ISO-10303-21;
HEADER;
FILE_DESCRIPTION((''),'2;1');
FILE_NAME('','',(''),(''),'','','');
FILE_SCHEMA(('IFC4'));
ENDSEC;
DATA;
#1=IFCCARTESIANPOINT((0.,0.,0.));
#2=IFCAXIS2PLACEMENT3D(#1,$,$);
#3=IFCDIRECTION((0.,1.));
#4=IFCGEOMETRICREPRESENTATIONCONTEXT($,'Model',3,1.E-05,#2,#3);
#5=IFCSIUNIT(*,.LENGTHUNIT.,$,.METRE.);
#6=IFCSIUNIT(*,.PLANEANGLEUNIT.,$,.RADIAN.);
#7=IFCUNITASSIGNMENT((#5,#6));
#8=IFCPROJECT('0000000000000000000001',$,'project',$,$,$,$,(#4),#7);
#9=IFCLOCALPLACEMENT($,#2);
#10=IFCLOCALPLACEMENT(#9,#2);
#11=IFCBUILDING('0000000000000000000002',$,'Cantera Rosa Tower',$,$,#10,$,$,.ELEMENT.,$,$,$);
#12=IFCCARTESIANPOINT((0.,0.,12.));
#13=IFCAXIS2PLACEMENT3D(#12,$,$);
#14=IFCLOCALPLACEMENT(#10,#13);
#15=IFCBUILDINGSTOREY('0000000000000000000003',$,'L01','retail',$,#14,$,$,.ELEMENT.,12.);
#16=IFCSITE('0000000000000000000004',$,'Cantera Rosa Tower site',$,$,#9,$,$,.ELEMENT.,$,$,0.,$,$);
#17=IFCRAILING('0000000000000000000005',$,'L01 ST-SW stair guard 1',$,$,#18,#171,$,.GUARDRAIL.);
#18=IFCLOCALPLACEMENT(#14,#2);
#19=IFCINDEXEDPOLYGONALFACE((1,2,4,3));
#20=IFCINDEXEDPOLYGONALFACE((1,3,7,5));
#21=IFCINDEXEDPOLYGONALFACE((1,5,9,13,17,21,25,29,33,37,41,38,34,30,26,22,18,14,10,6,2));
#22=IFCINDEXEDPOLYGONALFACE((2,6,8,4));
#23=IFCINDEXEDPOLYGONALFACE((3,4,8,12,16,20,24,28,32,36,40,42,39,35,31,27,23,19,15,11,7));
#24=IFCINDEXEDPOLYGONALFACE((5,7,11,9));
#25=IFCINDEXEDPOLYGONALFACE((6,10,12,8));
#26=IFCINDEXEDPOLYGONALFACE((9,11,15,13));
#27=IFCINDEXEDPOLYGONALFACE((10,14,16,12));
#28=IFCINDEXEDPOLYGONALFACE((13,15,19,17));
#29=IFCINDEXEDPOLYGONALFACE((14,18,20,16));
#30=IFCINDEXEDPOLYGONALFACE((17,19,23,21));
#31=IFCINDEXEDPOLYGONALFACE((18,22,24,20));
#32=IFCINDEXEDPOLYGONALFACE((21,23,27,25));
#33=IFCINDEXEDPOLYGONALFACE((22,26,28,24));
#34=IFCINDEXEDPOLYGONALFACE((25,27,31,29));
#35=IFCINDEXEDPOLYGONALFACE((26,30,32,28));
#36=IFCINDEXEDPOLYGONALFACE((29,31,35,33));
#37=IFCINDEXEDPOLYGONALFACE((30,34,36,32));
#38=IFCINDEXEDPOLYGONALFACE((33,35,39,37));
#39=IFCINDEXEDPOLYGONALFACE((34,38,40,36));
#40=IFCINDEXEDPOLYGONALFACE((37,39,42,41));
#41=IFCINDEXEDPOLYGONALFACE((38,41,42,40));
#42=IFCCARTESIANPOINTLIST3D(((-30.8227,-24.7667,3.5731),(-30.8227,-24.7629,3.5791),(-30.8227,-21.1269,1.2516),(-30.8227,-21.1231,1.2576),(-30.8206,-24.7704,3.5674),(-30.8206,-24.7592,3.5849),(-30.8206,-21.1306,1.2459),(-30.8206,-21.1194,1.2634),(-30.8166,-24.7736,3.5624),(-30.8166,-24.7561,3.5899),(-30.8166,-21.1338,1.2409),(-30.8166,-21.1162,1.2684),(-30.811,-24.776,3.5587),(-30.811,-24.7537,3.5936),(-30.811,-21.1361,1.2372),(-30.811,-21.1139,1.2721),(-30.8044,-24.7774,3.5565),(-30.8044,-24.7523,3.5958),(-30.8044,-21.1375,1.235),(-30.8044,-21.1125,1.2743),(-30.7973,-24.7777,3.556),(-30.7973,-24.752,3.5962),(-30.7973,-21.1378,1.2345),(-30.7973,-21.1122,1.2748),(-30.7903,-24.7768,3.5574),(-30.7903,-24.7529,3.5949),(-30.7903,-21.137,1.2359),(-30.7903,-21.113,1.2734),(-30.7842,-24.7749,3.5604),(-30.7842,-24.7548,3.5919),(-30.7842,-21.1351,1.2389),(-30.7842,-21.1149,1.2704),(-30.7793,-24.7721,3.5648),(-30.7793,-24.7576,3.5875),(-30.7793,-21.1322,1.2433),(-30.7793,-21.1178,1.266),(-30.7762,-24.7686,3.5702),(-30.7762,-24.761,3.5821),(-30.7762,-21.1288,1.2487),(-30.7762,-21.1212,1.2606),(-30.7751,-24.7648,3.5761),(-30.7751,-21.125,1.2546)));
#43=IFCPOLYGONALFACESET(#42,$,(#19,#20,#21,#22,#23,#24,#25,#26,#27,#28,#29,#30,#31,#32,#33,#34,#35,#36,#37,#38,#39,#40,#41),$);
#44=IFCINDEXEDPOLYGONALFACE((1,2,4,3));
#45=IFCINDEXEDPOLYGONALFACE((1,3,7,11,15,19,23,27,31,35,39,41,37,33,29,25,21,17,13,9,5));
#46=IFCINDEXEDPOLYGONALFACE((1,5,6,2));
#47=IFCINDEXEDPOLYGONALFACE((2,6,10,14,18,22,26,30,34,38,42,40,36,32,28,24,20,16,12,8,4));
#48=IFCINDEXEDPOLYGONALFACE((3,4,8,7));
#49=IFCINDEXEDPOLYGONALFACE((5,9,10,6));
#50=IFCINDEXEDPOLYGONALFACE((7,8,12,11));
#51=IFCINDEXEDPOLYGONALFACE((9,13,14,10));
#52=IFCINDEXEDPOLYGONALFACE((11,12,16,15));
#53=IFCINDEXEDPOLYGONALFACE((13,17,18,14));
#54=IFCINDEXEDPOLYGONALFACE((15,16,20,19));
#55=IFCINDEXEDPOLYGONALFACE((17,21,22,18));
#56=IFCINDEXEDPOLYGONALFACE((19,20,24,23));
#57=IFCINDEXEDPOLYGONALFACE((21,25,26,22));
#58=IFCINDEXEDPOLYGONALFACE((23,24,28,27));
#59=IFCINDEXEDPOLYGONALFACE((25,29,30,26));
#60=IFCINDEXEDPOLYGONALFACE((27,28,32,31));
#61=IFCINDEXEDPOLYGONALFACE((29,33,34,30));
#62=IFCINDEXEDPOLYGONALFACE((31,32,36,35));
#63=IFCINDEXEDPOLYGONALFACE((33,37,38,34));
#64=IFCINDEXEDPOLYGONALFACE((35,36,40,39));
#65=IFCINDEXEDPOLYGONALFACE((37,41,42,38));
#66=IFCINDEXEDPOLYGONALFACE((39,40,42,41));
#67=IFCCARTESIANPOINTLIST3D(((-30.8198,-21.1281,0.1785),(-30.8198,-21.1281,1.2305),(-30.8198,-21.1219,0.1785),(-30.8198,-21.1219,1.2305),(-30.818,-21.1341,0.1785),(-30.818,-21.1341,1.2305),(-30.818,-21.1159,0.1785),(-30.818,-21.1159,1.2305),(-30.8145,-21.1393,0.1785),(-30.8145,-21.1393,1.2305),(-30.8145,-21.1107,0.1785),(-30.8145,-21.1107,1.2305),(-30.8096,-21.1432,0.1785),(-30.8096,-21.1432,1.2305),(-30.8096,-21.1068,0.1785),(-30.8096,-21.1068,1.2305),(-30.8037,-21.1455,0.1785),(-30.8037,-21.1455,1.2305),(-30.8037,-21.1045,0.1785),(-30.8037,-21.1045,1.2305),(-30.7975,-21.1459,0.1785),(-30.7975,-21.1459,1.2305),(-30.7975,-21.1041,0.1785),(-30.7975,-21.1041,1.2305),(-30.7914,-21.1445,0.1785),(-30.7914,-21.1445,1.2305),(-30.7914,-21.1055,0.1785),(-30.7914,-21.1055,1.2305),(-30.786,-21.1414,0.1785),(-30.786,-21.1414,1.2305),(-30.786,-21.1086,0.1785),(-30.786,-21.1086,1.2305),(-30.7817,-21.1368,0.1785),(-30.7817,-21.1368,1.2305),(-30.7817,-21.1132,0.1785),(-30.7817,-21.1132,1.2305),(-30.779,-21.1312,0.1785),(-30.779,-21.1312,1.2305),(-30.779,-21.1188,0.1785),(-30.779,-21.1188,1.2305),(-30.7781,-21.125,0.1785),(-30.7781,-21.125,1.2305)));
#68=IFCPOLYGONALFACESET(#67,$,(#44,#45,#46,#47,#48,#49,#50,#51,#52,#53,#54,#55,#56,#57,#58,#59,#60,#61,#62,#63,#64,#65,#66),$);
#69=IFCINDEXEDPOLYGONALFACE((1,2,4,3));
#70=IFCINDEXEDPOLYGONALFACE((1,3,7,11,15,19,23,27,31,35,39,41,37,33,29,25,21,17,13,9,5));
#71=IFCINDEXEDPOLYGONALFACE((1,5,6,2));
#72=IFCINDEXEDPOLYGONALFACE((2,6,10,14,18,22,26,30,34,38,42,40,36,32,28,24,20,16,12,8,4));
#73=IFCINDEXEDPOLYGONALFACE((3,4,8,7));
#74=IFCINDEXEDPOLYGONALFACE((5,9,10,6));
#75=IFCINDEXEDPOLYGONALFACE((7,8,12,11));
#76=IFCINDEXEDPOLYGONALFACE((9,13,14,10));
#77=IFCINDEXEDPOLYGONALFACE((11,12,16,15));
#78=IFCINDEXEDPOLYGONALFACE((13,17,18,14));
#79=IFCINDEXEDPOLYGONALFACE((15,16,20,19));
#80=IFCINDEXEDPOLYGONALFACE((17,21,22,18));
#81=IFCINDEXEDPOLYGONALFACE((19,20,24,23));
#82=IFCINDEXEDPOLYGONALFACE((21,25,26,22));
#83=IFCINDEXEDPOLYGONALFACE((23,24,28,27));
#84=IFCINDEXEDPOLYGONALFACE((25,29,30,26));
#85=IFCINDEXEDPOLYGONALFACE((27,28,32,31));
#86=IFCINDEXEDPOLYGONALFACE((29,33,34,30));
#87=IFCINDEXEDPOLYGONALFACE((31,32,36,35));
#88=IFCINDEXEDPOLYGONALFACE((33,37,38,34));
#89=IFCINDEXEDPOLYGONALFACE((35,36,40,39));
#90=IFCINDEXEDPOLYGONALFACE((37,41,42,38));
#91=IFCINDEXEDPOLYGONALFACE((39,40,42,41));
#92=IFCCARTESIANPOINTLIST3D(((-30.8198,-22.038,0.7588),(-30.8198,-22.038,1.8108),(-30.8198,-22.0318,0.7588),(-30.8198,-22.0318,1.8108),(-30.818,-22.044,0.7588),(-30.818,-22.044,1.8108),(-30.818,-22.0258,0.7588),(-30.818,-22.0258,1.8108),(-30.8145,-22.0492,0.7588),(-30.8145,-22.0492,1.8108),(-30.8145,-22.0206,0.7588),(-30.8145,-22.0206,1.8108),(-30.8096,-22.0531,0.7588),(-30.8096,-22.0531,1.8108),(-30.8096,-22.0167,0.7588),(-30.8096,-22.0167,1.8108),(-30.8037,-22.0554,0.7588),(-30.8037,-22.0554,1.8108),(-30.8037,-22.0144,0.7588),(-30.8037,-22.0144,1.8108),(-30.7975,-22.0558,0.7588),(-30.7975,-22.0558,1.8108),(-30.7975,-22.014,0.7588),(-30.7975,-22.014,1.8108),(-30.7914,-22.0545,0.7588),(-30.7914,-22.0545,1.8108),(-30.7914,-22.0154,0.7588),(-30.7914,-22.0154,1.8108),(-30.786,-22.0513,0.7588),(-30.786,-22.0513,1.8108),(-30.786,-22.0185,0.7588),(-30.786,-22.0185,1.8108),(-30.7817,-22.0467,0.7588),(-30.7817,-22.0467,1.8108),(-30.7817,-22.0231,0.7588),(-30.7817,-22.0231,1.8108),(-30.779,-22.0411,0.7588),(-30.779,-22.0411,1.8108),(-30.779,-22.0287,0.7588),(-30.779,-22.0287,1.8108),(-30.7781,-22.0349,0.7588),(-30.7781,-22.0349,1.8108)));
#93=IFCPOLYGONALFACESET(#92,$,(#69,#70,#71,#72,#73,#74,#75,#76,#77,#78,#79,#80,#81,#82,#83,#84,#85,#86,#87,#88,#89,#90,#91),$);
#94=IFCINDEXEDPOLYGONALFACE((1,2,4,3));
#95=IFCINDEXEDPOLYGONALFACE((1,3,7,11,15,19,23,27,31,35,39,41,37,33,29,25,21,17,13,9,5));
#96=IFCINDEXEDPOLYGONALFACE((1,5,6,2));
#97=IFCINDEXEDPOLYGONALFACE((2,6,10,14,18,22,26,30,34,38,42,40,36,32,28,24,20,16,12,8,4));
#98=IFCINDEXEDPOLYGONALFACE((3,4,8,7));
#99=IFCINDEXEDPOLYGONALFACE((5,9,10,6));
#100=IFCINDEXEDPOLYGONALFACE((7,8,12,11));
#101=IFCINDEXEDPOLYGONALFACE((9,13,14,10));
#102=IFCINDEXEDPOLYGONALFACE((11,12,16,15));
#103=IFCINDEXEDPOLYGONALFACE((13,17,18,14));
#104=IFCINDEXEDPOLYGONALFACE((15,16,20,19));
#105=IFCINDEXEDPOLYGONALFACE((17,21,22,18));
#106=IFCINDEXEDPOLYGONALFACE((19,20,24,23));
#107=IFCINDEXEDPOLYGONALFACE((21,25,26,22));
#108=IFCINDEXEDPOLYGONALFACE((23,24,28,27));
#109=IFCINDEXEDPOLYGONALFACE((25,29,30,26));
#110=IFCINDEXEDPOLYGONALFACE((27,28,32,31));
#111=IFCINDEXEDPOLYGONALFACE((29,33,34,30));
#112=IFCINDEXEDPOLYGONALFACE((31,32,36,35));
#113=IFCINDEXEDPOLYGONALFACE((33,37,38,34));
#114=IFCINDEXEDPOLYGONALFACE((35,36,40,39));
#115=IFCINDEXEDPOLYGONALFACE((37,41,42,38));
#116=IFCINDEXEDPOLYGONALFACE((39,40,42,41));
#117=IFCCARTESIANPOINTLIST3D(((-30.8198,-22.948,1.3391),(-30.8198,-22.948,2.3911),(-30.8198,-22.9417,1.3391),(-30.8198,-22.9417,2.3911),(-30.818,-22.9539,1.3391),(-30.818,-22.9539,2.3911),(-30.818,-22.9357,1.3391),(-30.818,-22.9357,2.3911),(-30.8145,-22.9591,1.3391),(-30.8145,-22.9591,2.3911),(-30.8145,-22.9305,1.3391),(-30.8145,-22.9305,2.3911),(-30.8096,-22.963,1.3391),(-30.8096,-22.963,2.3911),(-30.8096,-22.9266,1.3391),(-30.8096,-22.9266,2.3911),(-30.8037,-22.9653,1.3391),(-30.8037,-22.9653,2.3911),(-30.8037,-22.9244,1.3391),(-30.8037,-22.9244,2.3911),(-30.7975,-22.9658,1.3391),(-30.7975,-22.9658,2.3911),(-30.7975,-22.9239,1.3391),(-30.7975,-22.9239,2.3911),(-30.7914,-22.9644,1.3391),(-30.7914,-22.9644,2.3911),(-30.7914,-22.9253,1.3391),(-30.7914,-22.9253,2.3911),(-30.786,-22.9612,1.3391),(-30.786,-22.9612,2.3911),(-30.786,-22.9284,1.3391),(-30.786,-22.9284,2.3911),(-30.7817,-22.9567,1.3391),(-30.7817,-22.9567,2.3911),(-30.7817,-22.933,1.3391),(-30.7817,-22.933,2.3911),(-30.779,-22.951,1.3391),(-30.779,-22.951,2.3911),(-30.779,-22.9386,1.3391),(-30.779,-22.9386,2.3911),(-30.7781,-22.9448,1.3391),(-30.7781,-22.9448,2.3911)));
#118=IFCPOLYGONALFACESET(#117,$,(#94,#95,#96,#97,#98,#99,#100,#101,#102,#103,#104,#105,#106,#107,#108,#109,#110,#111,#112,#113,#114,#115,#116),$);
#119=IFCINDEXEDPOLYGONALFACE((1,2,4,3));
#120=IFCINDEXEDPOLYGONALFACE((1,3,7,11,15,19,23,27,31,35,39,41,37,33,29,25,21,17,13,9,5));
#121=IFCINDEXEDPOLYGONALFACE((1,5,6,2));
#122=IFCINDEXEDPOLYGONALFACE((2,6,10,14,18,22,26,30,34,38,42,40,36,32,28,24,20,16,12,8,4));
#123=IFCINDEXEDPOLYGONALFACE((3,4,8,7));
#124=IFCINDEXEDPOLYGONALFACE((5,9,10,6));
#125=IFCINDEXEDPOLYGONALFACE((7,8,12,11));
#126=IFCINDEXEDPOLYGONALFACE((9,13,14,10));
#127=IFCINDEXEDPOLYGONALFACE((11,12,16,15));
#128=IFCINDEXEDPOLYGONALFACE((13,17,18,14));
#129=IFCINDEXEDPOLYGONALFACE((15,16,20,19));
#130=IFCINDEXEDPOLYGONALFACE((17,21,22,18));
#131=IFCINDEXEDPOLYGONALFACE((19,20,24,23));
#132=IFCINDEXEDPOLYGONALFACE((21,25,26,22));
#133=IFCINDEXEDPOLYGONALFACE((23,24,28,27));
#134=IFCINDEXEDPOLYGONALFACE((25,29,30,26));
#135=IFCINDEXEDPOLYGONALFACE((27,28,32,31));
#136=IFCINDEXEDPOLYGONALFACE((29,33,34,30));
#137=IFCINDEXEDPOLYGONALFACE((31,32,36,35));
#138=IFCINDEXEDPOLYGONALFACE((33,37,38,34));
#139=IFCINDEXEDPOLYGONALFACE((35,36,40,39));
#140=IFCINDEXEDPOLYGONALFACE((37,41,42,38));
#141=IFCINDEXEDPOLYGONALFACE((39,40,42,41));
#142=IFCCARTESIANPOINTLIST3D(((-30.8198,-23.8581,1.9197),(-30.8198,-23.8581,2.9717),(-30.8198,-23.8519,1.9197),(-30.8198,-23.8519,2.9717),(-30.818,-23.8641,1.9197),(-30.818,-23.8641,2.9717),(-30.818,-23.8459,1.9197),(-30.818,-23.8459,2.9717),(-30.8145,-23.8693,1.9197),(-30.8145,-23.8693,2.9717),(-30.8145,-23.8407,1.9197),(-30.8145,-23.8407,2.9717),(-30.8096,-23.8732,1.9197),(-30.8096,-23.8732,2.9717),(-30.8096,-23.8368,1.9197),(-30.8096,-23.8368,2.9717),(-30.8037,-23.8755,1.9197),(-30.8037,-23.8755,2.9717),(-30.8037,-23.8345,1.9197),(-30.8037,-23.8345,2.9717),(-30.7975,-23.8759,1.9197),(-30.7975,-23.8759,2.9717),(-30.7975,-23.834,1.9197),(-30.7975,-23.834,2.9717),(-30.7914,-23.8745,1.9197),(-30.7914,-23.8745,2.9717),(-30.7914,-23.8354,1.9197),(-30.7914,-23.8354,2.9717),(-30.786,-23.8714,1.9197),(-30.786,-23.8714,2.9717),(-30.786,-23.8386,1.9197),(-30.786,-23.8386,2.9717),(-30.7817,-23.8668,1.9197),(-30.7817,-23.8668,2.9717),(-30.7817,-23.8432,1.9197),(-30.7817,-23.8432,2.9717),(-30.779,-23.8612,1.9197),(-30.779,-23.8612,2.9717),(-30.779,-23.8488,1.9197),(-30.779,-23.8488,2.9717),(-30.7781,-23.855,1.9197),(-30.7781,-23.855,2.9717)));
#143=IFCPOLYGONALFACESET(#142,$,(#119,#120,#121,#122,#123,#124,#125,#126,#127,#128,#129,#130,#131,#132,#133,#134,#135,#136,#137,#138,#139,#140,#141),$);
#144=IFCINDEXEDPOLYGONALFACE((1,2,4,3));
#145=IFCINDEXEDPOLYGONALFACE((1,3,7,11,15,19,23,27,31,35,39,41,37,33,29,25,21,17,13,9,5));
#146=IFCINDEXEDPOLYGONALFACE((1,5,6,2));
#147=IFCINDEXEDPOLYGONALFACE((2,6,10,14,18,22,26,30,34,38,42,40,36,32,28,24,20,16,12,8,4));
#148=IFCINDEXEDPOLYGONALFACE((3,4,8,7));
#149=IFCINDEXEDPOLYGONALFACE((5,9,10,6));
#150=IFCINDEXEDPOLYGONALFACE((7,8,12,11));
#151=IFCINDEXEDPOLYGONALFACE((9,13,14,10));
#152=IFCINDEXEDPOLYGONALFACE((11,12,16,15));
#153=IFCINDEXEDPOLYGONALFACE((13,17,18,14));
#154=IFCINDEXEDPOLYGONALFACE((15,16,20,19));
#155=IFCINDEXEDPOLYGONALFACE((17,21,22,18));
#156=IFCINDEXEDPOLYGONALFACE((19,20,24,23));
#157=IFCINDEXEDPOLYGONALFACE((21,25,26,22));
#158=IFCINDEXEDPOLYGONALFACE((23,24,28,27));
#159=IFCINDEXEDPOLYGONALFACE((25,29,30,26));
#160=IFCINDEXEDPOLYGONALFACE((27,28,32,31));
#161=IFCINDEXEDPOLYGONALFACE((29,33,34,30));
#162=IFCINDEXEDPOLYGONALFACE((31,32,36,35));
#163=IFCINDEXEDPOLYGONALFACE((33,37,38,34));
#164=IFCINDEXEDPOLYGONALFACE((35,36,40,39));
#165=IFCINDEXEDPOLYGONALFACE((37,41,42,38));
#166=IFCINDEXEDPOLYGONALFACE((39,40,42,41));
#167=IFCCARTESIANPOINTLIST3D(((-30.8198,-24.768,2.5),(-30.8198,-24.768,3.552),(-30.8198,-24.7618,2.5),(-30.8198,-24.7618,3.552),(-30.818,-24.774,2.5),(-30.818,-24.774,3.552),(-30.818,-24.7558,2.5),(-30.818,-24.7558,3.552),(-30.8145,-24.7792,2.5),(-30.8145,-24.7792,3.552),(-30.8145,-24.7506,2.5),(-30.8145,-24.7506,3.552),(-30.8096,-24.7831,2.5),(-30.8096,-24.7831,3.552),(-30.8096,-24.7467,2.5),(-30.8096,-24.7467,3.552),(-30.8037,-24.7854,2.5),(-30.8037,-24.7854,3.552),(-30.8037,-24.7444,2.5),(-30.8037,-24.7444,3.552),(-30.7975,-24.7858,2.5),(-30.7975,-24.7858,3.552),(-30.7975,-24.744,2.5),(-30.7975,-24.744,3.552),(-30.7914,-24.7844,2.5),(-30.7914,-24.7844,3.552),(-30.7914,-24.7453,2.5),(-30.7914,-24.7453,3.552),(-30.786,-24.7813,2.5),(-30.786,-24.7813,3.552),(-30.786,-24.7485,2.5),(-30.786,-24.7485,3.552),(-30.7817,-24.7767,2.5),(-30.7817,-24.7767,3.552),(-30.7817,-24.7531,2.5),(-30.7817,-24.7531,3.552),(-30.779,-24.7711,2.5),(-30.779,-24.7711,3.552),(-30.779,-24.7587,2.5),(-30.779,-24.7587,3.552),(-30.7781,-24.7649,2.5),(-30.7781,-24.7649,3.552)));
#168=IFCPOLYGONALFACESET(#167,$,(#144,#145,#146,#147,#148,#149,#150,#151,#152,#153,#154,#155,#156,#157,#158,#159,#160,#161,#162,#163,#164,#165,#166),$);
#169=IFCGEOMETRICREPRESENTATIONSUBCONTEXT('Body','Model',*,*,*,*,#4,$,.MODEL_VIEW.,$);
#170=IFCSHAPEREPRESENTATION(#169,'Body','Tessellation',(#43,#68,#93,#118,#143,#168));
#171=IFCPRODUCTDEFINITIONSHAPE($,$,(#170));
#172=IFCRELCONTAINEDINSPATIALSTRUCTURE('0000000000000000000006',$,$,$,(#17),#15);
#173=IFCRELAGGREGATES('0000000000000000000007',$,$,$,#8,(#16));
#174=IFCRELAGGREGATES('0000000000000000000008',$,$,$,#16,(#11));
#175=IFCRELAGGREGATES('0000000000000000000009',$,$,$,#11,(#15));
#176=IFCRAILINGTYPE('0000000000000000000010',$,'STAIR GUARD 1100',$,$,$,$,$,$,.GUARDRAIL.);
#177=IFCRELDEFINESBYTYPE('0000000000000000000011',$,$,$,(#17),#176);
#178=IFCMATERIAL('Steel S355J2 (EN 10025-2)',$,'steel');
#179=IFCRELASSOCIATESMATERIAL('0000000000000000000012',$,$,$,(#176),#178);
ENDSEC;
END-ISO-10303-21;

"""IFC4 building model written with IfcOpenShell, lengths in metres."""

from ifc_helpers import new_model, si_unit, direction, frame, origin, origin_2d, place, context, subcontext, project, spatial, circle, extrude, material, type_object, element, save


model = new_model("IFC4")

# Units and contexts
model_context = context("Model", 3, precision=1e-05, world=origin(), true_north=direction((0.0, 1.0)))
body_context = subcontext(model_context, "Body", "Model", "MODEL_VIEW")
ifc_project = project(units=[si_unit("LENGTHUNIT", "METRE"), si_unit("PLANEANGLEUNIT", "RADIAN")], contexts=[model_context])

# Site, building, storey
site_placement = place(None, origin())
site = spatial("IfcSite", under=ifc_project, at=site_placement, Name="Cantera Rosa Tower site", CompositionType="ELEMENT", RefElevation=0.0)
building_placement = place(site_placement, origin())
building = spatial("IfcBuilding", under=site, at=building_placement, Name="Cantera Rosa Tower", CompositionType="ELEMENT")
storey_placement = place(building_placement, frame((0.0, 0.0, 12.0)))
storey = spatial("IfcBuildingStorey", under=building, at=storey_placement, Name="L01", Description="retail", CompositionType="ELEMENT", Elevation=12.0)

# Railing
ifc_material_1 = material(Name="Steel S355J2 (EN 10025-2)", Category="steel")
railing_type_1 = type_object("IfcRailingType", Name="STAIR GUARD 1100", PredefinedType="GUARDRAIL", material=ifc_material_1)
railing_1_placement = place(storey_placement, frame((-30.7991, -21.125, 0.1785)))
element("IfcRailing", 1, at=railing_1_placement, inside=storey, type_object=railing_type_1, Name="L01 ST-SW stair guard 1", PredefinedType="GUARDRAIL", context=body_context, shape_type="SweptSolid", body=[
    extrude(circle(Radius=0.0239, at=origin_2d()), frame((0.0, 0.0, 1.0762), z_axis=(0.0, -0.843112, 0.537739), x_axis=(1.0, 0.0, 0.0)), (0.0, 0.0, 1.0), 4.3171),
    extrude(circle(Radius=0.021, at=origin_2d()), origin(), (0.0, 0.0, 1.0), 1.052),
    extrude(circle(Radius=0.021, at=origin_2d()), frame((0.0, -0.9099, 0.5803)), (0.0, 0.0, 1.0), 1.052),
    extrude(circle(Radius=0.021, at=origin_2d()), frame((0.0, -1.8198, 1.1606)), (0.0, 0.0, 1.0), 1.052),
    extrude(circle(Radius=0.021, at=origin_2d()), frame((0.0, -2.73, 1.7412)), (0.0, 0.0, 1.0), 1.052),
    extrude(circle(Radius=0.021, at=origin_2d()), frame((0.0, -3.6399, 2.3215)), (0.0, 0.0, 1.0), 1.052),
])

save(model, "model.ifc")
